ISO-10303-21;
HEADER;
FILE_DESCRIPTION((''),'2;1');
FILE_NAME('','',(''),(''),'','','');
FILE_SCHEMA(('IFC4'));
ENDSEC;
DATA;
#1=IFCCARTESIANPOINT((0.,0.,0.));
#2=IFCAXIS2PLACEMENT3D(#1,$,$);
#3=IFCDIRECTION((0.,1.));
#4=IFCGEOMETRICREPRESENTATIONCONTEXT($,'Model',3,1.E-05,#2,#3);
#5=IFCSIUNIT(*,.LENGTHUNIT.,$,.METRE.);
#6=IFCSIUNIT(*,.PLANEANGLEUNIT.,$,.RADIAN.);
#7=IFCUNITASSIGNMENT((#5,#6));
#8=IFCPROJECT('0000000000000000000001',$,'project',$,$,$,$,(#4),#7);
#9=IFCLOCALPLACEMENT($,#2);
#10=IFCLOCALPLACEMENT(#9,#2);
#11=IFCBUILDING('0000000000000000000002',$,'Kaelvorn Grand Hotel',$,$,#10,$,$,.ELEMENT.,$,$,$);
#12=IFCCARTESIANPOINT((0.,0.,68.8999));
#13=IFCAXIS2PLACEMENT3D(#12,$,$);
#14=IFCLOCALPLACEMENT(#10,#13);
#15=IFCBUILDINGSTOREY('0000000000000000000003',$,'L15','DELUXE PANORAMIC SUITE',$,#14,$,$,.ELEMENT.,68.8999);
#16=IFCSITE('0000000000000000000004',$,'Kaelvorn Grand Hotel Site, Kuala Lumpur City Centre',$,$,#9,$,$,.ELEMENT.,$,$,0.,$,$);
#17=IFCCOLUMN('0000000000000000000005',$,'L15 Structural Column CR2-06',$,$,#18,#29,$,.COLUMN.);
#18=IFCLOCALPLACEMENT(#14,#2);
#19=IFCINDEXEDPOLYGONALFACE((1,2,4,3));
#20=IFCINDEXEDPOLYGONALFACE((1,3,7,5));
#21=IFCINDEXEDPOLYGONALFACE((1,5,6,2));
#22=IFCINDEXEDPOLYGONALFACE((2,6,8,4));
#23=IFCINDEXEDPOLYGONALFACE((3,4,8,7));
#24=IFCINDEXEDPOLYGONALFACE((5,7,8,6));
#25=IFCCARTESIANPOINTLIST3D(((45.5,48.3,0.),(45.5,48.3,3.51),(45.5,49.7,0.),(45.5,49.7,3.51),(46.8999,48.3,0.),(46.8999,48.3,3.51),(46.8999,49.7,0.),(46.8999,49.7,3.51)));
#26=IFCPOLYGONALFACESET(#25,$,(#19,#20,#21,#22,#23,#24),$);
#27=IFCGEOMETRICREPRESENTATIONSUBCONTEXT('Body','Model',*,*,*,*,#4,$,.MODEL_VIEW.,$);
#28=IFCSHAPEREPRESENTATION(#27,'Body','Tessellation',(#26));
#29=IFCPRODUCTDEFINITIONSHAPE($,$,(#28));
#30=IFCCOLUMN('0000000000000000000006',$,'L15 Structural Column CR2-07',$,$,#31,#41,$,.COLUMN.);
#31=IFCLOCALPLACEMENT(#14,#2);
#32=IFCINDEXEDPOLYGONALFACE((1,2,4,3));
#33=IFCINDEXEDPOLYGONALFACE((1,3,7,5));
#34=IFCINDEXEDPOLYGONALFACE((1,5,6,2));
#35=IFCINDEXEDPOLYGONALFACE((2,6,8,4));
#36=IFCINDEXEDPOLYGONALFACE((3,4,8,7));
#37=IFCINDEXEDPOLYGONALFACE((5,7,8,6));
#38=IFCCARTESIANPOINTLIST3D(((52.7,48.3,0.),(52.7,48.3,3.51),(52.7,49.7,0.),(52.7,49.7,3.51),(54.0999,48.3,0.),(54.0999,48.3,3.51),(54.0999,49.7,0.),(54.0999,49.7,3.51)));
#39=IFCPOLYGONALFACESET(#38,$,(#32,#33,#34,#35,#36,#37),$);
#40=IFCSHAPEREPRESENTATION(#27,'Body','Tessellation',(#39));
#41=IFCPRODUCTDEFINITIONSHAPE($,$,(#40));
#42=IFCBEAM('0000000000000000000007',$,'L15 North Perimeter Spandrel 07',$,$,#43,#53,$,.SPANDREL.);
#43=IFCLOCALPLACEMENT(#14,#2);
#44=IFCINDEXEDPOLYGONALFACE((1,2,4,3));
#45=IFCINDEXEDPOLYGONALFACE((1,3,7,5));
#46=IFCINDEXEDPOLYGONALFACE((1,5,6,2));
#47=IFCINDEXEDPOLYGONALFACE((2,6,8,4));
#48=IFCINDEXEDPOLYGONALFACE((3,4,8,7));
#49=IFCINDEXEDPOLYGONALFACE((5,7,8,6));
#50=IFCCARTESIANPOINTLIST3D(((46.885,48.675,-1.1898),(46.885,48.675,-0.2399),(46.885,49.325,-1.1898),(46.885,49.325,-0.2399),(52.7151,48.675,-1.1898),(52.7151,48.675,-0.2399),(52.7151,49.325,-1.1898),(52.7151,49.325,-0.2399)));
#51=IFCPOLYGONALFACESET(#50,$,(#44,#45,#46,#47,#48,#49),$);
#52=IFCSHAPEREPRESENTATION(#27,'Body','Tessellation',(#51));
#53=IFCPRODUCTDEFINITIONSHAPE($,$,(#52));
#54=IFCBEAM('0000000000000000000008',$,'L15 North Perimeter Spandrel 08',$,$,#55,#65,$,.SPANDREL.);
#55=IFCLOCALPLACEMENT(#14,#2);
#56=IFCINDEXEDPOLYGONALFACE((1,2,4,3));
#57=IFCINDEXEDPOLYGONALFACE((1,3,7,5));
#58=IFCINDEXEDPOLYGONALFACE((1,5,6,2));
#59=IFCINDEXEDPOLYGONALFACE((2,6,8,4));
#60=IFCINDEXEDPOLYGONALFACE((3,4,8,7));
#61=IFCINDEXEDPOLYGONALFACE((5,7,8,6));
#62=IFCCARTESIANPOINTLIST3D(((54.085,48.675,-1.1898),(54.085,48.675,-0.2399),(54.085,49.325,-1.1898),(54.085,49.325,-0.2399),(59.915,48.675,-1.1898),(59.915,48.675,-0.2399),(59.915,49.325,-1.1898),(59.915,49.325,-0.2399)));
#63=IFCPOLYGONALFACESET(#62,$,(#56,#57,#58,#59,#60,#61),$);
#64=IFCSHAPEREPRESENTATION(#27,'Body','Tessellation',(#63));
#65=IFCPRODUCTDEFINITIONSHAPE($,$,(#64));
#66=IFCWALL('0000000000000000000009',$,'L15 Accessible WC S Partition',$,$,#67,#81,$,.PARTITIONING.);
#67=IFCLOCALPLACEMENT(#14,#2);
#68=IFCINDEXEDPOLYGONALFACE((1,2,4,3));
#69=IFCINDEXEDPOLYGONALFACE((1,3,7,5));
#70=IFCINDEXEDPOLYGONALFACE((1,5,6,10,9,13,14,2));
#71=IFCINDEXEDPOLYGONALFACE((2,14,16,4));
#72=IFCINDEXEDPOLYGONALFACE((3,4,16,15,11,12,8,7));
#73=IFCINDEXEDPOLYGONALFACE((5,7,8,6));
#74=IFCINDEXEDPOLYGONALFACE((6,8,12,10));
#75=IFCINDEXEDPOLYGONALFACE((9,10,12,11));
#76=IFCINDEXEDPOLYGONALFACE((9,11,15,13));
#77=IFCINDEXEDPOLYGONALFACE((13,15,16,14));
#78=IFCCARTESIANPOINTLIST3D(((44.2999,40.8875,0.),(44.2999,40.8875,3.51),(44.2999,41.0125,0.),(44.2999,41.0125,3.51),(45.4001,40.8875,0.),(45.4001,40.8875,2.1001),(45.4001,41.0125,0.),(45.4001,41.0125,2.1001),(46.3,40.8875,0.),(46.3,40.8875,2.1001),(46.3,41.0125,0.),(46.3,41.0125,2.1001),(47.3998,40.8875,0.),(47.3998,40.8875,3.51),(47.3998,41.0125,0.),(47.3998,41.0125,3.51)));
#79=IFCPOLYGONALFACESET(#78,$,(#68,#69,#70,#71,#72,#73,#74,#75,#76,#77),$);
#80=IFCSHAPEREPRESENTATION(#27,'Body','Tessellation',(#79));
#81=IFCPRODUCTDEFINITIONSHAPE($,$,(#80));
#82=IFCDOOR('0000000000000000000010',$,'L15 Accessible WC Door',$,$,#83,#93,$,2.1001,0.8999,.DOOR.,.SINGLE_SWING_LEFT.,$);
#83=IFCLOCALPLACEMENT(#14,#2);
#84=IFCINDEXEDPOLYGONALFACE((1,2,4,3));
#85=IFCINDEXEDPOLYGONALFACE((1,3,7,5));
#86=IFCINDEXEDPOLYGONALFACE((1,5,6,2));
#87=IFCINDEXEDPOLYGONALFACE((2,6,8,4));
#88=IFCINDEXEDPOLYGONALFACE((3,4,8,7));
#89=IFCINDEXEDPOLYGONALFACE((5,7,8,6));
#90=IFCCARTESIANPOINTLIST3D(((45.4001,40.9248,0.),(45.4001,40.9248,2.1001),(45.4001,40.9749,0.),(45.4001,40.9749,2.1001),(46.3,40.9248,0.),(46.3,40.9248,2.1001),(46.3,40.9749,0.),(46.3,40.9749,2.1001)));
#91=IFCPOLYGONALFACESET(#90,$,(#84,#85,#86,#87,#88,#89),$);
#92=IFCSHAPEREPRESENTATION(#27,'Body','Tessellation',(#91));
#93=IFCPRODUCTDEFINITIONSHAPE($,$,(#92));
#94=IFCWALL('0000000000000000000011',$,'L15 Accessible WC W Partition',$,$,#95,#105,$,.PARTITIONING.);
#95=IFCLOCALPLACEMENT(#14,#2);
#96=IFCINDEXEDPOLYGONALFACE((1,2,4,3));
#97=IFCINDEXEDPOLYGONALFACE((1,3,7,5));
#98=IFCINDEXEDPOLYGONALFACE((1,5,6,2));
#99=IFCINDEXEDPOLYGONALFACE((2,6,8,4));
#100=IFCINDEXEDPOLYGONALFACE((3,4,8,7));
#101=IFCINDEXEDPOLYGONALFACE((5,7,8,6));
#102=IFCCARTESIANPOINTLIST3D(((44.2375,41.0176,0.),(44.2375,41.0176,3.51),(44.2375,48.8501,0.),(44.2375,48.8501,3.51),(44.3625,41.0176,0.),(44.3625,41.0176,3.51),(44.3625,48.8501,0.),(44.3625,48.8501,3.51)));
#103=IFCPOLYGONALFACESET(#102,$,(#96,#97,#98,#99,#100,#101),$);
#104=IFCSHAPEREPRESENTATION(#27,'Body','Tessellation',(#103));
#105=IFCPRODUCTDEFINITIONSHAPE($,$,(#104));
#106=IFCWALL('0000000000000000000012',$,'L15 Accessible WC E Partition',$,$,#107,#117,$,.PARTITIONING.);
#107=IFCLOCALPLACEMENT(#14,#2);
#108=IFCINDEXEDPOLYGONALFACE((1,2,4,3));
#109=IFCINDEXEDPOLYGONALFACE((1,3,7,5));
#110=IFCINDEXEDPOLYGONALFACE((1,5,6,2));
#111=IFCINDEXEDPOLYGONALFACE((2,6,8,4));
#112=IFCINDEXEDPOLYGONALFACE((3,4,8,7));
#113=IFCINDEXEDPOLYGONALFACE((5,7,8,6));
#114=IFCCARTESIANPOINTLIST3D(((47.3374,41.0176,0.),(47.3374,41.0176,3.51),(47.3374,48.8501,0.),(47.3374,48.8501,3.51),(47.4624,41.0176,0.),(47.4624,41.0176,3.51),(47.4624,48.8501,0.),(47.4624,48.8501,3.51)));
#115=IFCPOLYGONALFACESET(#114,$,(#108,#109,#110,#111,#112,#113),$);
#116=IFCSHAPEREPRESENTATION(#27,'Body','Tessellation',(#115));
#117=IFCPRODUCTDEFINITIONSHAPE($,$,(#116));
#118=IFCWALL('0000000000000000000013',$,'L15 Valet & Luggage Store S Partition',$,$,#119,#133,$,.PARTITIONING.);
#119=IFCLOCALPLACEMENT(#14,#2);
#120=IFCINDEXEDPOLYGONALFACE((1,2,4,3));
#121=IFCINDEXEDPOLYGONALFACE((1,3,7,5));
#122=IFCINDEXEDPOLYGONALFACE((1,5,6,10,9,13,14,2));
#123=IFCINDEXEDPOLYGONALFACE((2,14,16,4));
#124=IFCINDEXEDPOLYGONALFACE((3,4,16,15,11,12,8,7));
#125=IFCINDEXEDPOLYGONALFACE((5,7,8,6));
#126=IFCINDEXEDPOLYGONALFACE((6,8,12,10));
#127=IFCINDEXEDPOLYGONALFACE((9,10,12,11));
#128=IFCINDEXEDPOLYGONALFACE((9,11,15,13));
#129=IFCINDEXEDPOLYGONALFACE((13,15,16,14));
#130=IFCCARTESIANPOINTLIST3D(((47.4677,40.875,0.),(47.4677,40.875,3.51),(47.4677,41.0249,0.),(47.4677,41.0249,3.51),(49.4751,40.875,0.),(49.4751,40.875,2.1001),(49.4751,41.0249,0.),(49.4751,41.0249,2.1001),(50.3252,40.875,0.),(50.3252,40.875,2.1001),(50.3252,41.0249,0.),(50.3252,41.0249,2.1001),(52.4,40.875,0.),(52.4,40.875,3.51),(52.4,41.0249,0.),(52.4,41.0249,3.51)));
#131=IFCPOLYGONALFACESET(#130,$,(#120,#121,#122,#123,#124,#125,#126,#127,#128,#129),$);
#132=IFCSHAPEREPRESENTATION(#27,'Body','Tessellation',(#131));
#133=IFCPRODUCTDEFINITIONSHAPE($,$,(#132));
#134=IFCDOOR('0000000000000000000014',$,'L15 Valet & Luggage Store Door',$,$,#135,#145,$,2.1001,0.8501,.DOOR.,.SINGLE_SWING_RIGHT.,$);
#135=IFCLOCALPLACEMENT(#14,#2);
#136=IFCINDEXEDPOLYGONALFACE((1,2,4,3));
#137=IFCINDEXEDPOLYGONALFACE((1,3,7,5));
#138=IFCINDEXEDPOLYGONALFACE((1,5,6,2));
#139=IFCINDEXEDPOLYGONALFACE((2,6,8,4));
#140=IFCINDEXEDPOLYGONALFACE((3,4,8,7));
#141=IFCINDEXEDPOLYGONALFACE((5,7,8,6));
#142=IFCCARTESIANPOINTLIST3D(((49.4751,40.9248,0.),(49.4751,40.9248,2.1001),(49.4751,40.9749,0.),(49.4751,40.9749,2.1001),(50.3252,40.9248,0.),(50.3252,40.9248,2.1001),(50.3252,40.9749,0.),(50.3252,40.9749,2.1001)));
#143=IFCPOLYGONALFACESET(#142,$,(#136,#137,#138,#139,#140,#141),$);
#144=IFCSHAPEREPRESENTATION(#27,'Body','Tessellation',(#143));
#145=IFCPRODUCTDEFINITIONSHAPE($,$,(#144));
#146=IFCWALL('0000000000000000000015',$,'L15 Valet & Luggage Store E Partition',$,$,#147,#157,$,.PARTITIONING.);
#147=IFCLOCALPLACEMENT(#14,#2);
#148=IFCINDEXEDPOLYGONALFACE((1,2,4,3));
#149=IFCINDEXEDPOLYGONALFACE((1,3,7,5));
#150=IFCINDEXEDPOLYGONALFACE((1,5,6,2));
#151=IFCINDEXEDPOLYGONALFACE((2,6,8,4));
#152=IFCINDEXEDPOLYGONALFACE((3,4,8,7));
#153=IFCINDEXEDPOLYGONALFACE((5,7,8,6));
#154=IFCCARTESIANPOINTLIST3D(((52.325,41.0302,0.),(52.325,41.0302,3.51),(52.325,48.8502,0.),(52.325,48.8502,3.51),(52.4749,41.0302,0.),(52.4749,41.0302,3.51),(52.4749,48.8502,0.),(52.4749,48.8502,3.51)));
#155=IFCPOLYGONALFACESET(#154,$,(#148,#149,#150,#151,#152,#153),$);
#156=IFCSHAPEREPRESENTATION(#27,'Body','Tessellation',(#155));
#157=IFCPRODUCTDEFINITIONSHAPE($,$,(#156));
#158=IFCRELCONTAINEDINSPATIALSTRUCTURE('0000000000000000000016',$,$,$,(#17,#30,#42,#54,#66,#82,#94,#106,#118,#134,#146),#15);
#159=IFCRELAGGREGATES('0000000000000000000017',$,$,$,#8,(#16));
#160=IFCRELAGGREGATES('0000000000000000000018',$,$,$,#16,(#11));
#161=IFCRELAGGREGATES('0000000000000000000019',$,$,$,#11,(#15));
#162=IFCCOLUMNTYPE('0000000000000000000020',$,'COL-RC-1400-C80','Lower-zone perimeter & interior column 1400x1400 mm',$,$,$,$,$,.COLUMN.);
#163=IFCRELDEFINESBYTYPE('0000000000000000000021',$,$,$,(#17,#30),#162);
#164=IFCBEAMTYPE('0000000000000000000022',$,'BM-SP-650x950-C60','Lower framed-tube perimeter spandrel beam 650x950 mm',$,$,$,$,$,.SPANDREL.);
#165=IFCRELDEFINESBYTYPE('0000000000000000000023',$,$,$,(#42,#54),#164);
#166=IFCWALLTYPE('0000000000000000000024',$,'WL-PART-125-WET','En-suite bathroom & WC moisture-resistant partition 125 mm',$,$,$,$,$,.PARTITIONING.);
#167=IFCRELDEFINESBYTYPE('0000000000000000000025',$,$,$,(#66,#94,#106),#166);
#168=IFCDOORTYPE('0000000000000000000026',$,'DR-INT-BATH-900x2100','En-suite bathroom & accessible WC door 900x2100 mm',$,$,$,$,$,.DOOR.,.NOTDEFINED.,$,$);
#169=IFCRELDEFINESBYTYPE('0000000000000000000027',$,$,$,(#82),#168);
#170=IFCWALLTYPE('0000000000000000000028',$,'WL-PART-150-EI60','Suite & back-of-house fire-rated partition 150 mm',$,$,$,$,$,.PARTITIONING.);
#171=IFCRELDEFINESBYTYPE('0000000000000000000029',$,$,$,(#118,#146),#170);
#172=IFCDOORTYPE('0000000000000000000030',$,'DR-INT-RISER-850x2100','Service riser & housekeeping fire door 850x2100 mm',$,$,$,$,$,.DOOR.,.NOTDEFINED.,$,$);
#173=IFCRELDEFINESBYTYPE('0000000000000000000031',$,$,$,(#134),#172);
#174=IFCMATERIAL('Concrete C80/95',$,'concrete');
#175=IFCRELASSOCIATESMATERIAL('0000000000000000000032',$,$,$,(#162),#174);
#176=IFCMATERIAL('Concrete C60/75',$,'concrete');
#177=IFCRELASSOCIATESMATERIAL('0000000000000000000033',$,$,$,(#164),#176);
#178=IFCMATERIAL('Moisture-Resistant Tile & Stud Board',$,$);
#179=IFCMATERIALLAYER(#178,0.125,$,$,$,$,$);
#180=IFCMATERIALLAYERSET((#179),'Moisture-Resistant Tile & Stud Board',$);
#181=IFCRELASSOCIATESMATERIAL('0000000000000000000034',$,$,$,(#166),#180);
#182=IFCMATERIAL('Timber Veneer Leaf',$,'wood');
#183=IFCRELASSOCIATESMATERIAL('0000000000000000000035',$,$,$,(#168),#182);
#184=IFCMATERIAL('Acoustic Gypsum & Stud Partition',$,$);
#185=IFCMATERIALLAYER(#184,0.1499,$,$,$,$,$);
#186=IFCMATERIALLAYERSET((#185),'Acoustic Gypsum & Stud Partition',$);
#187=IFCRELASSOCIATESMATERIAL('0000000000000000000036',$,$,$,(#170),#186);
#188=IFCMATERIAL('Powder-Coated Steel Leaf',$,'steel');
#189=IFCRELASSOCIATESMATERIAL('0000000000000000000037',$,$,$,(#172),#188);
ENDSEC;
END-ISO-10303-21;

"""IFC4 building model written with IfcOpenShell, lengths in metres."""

from ifc_helpers import new_model, si_unit, direction, frame, frame_2d, origin, origin_2d, place, context, subcontext, project, spatial, rectangle, extrude, material, layer, layer_set, material_profile, profile_set, type_object, element, fill, save


model = new_model("IFC4")

# Units and contexts
model_context = context("Model", 3, precision=1e-05, world=origin(), true_north=direction((0.0, 1.0)))
body_context = subcontext(model_context, "Body", "Model", "MODEL_VIEW")
ifc_project = project(units=[si_unit("LENGTHUNIT", "METRE"), si_unit("PLANEANGLEUNIT", "RADIAN")], contexts=[model_context])

# Site, building, storey
site_placement = place(None, origin())
site = spatial("IfcSite", under=ifc_project, at=site_placement, Name="Kaelvorn Grand Hotel Site, Kuala Lumpur City Centre", CompositionType="ELEMENT", RefElevation=0.0)
building_placement = place(site_placement, origin())
building = spatial("IfcBuilding", under=site, at=building_placement, Name="Kaelvorn Grand Hotel", CompositionType="ELEMENT")
storey_placement = place(building_placement, frame((0.0, 0.0, 68.8999)))
storey = spatial("IfcBuildingStorey", under=building, at=storey_placement, Name="L15", Description="DELUXE PANORAMIC SUITE", CompositionType="ELEMENT", Elevation=68.8999)

# Columns
ifc_material_1 = material(Name="Concrete C80/95", Category="concrete")
ifc_material_profile_1 = material_profile(ifc_material_1, rectangle(XDim=1.3999, YDim=1.3999, at=origin_2d()), Name="RC COL 1400x1400")
ifc_profile_set_1 = profile_set([ifc_material_profile_1], Name="Concrete C80/95")
column_type = type_object("IfcColumnType", Name="COL-RC-1400-C80", Description="Lower-zone perimeter & interior column 1400x1400 mm", PredefinedType="COLUMN", material=ifc_profile_set_1)
for number, where, z_axis, x_axis, name in (
    (1, (46.2, 49.0, 0.0), (0.0, 0.0, 1.0), (1.0, 0.0, 0.0), "L15 Structural Column CR2-06"),
    (2, (53.3999, 49.0, 0.0), (0.0, 0.0, 1.0), (1.0, 0.0, 0.0), "L15 Structural Column CR2-07"),
):
    element("IfcColumn", number, at=place(storey_placement, frame(where, z_axis=z_axis, x_axis=x_axis)), inside=storey, type_object=column_type, Name=name, PredefinedType="COLUMN", context=body_context, shape_type="SweptSolid", body=[
        extrude(rectangle(XDim=1.3999, YDim=1.3999, at=origin_2d()), origin(), (0.0, 0.0, 1.0), 3.51),
    ])

# Beams
ifc_material_2 = material(Name="Concrete C60/75", Category="concrete")
ifc_material_profile_2 = material_profile(ifc_material_2, rectangle(XDim=0.6499, YDim=0.95, at=origin_2d()), Name="RC SPANDREL 650x950")
ifc_profile_set_2 = profile_set([ifc_material_profile_2], Name="Concrete C60/75")
beam_type = type_object("IfcBeamType", Name="BM-SP-650x950-C60", Description="Lower framed-tube perimeter spandrel beam 650x950 mm", PredefinedType="SPANDREL", material=ifc_profile_set_2)
for number, where, z_axis, x_axis, name in (
    (3, (46.885, 49.0, -0.7148), (1.0, 0.0, 0.0), (0.0, 1.0, 0.0), "L15 North Perimeter Spandrel 07"),
    (4, (54.085, 49.0, -0.7148), (1.0, 0.0, 0.0), (0.0, 1.0, 0.0), "L15 North Perimeter Spandrel 08"),
):
    element("IfcBeam", number, at=place(storey_placement, frame(where, z_axis=z_axis, x_axis=x_axis)), inside=storey, type_object=beam_type, Name=name, PredefinedType="SPANDREL", context=body_context, shape_type="SweptSolid", body=[
        extrude(rectangle(XDim=0.6499, YDim=0.95, at=origin_2d()), origin(), (0.0, 0.0, 1.0), 5.8301),
    ])

# Wall, opening, door
ifc_material_3 = material(Name="Moisture-Resistant Tile & Stud Board")
ifc_layer_1 = layer(ifc_material_3, 0.125)
ifc_layer_set_1 = layer_set([ifc_layer_1], Name="Moisture-Resistant Tile & Stud Board")
wall_type_1 = type_object("IfcWallType", Name="WL-PART-125-WET", Description="En-suite bathroom & WC moisture-resistant partition 125 mm", PredefinedType="PARTITIONING", material=ifc_layer_set_1)
wall_1_placement = place(storey_placement, frame((44.3, 40.95, 0.0), z_axis=(0.0, 0.0, 1.0), x_axis=(1.0, 0.0, 0.0)))
wall_1 = element("IfcWall", 5, at=wall_1_placement, inside=storey, type_object=wall_type_1, Name="L15 Accessible WC S Partition", PredefinedType="PARTITIONING", context=body_context, shape_type="SweptSolid", body=[
    extrude(rectangle(XDim=3.0999, YDim=0.125, at=frame_2d((1.5498, 0.0))), origin(), (0.0, 0.0, 1.0), 3.51),
])
opening_1_placement = place(wall_1_placement, frame((1.1001, 0.0, 0.0)))
opening_1 = element("IfcOpeningElement", 6, at=opening_1_placement, cuts=wall_1, PredefinedType="OPENING", context=body_context, shape_type="SweptSolid", body=[
    extrude(rectangle(XDim=0.8999, YDim=2.1001, at=frame_2d((0.45, 1.05))), frame((0.0, 0.0725, 0.0), z_axis=(0.0, -1.0, 0.0), x_axis=(1.0, 0.0, 0.0)), (0.0, 0.0, 1.0), 0.145),
])
ifc_material_4 = material(Name="Timber Veneer Leaf", Category="wood")
door_type_1 = type_object("IfcDoorType", Name="DR-INT-BATH-900x2100", Description="En-suite bathroom & accessible WC door 900x2100 mm", OperationType="NOTDEFINED", PredefinedType="DOOR", material=ifc_material_4)
door_1_placement = place(opening_1_placement, origin())
door_1 = element("IfcDoor", 7, at=door_1_placement, inside=storey, type_object=door_type_1, Name="L15 Accessible WC Door", OperationType="SINGLE_SWING_LEFT", OverallHeight=2.1001, OverallWidth=0.8999, PredefinedType="DOOR", context=body_context, shape_type="SweptSolid", body=[
    extrude(rectangle(XDim=0.8999, YDim=2.1001, at=frame_2d((0.45, 1.05))), frame((0.0, 0.0249, 0.0), z_axis=(0.0, -1.0, 0.0), x_axis=(1.0, 0.0, 0.0)), (0.0, 0.0, 1.0), 0.05),
])
fill(opening_1, door_1)

# Walls
for number, where, z_axis, x_axis, name in (
    (8, (44.3, 41.0176, 0.0), (0.0, 0.0, 1.0), (0.0, 1.0, 0.0), "L15 Accessible WC W Partition"),
    (9, (47.3999, 41.0176, 0.0), (0.0, 0.0, 1.0), (0.0, 1.0, 0.0), "L15 Accessible WC E Partition"),
):
    element("IfcWall", number, at=place(storey_placement, frame(where, z_axis=z_axis, x_axis=x_axis)), inside=storey, type_object=wall_type_1, Name=name, PredefinedType="PARTITIONING", context=body_context, shape_type="SweptSolid", body=[
        extrude(rectangle(XDim=7.8325, YDim=0.125, at=frame_2d((3.9163, 0.0))), origin(), (0.0, 0.0, 1.0), 3.51),
    ])

# Wall, opening, door
ifc_material_5 = material(Name="Acoustic Gypsum & Stud Partition")
ifc_layer_2 = layer(ifc_material_5, 0.1499)
ifc_layer_set_2 = layer_set([ifc_layer_2], Name="Acoustic Gypsum & Stud Partition")
wall_type_2 = type_object("IfcWallType", Name="WL-PART-150-EI60", Description="Suite & back-of-house fire-rated partition 150 mm", PredefinedType="PARTITIONING", material=ifc_layer_set_2)
wall_2_placement = place(storey_placement, frame((47.4675, 40.95, 0.0), z_axis=(0.0, 0.0, 1.0), x_axis=(1.0, 0.0, 0.0)))
wall_2 = element("IfcWall", 10, at=wall_2_placement, inside=storey, type_object=wall_type_2, Name="L15 Valet & Luggage Store S Partition", PredefinedType="PARTITIONING", context=body_context, shape_type="SweptSolid", body=[
    extrude(rectangle(XDim=4.9324, YDim=0.1499, at=frame_2d((2.4663, 0.0))), origin(), (0.0, 0.0, 1.0), 3.51),
])
opening_2_placement = place(wall_2_placement, frame((2.0076, 0.0, 0.0)))
opening_2 = element("IfcOpeningElement", 11, at=opening_2_placement, cuts=wall_2, PredefinedType="OPENING", context=body_context, shape_type="SweptSolid", body=[
    extrude(rectangle(XDim=0.8501, YDim=2.1001, at=frame_2d((0.425, 1.05))), frame((0.0, 0.085, 0.0), z_axis=(0.0, -1.0, 0.0), x_axis=(1.0, 0.0, 0.0)), (0.0, 0.0, 1.0), 0.1699),
])
ifc_material_6 = material(Name="Powder-Coated Steel Leaf", Category="steel")
door_type_2 = type_object("IfcDoorType", Name="DR-INT-RISER-850x2100", Description="Service riser & housekeeping fire door 850x2100 mm", OperationType="NOTDEFINED", PredefinedType="DOOR", material=ifc_material_6)
door_2_placement = place(opening_2_placement, origin())
door_2 = element("IfcDoor", 12, at=door_2_placement, inside=storey, type_object=door_type_2, Name="L15 Valet & Luggage Store Door", OperationType="SINGLE_SWING_RIGHT", OverallHeight=2.1001, OverallWidth=0.8501, PredefinedType="DOOR", context=body_context, shape_type="SweptSolid", body=[
    extrude(rectangle(XDim=0.8501, YDim=2.1001, at=frame_2d((0.425, 1.05))), frame((0.0, 0.0249, 0.0), z_axis=(0.0, -1.0, 0.0), x_axis=(1.0, 0.0, 0.0)), (0.0, 0.0, 1.0), 0.05),
])
fill(opening_2, door_2)

# Wall
wall_3_placement = place(storey_placement, frame((52.3999, 41.03, 0.0), z_axis=(0.0, 0.0, 1.0), x_axis=(0.0, 1.0, 0.0)))
element("IfcWall", 13, at=wall_3_placement, inside=storey, type_object=wall_type_2, Name="L15 Valet & Luggage Store E Partition", PredefinedType="PARTITIONING", context=body_context, shape_type="SweptSolid", body=[
    extrude(rectangle(XDim=7.8201, YDim=0.1499, at=frame_2d((3.9102, 0.0))), origin(), (0.0, 0.0, 1.0), 3.51),
])

save(model, "model.ifc")
